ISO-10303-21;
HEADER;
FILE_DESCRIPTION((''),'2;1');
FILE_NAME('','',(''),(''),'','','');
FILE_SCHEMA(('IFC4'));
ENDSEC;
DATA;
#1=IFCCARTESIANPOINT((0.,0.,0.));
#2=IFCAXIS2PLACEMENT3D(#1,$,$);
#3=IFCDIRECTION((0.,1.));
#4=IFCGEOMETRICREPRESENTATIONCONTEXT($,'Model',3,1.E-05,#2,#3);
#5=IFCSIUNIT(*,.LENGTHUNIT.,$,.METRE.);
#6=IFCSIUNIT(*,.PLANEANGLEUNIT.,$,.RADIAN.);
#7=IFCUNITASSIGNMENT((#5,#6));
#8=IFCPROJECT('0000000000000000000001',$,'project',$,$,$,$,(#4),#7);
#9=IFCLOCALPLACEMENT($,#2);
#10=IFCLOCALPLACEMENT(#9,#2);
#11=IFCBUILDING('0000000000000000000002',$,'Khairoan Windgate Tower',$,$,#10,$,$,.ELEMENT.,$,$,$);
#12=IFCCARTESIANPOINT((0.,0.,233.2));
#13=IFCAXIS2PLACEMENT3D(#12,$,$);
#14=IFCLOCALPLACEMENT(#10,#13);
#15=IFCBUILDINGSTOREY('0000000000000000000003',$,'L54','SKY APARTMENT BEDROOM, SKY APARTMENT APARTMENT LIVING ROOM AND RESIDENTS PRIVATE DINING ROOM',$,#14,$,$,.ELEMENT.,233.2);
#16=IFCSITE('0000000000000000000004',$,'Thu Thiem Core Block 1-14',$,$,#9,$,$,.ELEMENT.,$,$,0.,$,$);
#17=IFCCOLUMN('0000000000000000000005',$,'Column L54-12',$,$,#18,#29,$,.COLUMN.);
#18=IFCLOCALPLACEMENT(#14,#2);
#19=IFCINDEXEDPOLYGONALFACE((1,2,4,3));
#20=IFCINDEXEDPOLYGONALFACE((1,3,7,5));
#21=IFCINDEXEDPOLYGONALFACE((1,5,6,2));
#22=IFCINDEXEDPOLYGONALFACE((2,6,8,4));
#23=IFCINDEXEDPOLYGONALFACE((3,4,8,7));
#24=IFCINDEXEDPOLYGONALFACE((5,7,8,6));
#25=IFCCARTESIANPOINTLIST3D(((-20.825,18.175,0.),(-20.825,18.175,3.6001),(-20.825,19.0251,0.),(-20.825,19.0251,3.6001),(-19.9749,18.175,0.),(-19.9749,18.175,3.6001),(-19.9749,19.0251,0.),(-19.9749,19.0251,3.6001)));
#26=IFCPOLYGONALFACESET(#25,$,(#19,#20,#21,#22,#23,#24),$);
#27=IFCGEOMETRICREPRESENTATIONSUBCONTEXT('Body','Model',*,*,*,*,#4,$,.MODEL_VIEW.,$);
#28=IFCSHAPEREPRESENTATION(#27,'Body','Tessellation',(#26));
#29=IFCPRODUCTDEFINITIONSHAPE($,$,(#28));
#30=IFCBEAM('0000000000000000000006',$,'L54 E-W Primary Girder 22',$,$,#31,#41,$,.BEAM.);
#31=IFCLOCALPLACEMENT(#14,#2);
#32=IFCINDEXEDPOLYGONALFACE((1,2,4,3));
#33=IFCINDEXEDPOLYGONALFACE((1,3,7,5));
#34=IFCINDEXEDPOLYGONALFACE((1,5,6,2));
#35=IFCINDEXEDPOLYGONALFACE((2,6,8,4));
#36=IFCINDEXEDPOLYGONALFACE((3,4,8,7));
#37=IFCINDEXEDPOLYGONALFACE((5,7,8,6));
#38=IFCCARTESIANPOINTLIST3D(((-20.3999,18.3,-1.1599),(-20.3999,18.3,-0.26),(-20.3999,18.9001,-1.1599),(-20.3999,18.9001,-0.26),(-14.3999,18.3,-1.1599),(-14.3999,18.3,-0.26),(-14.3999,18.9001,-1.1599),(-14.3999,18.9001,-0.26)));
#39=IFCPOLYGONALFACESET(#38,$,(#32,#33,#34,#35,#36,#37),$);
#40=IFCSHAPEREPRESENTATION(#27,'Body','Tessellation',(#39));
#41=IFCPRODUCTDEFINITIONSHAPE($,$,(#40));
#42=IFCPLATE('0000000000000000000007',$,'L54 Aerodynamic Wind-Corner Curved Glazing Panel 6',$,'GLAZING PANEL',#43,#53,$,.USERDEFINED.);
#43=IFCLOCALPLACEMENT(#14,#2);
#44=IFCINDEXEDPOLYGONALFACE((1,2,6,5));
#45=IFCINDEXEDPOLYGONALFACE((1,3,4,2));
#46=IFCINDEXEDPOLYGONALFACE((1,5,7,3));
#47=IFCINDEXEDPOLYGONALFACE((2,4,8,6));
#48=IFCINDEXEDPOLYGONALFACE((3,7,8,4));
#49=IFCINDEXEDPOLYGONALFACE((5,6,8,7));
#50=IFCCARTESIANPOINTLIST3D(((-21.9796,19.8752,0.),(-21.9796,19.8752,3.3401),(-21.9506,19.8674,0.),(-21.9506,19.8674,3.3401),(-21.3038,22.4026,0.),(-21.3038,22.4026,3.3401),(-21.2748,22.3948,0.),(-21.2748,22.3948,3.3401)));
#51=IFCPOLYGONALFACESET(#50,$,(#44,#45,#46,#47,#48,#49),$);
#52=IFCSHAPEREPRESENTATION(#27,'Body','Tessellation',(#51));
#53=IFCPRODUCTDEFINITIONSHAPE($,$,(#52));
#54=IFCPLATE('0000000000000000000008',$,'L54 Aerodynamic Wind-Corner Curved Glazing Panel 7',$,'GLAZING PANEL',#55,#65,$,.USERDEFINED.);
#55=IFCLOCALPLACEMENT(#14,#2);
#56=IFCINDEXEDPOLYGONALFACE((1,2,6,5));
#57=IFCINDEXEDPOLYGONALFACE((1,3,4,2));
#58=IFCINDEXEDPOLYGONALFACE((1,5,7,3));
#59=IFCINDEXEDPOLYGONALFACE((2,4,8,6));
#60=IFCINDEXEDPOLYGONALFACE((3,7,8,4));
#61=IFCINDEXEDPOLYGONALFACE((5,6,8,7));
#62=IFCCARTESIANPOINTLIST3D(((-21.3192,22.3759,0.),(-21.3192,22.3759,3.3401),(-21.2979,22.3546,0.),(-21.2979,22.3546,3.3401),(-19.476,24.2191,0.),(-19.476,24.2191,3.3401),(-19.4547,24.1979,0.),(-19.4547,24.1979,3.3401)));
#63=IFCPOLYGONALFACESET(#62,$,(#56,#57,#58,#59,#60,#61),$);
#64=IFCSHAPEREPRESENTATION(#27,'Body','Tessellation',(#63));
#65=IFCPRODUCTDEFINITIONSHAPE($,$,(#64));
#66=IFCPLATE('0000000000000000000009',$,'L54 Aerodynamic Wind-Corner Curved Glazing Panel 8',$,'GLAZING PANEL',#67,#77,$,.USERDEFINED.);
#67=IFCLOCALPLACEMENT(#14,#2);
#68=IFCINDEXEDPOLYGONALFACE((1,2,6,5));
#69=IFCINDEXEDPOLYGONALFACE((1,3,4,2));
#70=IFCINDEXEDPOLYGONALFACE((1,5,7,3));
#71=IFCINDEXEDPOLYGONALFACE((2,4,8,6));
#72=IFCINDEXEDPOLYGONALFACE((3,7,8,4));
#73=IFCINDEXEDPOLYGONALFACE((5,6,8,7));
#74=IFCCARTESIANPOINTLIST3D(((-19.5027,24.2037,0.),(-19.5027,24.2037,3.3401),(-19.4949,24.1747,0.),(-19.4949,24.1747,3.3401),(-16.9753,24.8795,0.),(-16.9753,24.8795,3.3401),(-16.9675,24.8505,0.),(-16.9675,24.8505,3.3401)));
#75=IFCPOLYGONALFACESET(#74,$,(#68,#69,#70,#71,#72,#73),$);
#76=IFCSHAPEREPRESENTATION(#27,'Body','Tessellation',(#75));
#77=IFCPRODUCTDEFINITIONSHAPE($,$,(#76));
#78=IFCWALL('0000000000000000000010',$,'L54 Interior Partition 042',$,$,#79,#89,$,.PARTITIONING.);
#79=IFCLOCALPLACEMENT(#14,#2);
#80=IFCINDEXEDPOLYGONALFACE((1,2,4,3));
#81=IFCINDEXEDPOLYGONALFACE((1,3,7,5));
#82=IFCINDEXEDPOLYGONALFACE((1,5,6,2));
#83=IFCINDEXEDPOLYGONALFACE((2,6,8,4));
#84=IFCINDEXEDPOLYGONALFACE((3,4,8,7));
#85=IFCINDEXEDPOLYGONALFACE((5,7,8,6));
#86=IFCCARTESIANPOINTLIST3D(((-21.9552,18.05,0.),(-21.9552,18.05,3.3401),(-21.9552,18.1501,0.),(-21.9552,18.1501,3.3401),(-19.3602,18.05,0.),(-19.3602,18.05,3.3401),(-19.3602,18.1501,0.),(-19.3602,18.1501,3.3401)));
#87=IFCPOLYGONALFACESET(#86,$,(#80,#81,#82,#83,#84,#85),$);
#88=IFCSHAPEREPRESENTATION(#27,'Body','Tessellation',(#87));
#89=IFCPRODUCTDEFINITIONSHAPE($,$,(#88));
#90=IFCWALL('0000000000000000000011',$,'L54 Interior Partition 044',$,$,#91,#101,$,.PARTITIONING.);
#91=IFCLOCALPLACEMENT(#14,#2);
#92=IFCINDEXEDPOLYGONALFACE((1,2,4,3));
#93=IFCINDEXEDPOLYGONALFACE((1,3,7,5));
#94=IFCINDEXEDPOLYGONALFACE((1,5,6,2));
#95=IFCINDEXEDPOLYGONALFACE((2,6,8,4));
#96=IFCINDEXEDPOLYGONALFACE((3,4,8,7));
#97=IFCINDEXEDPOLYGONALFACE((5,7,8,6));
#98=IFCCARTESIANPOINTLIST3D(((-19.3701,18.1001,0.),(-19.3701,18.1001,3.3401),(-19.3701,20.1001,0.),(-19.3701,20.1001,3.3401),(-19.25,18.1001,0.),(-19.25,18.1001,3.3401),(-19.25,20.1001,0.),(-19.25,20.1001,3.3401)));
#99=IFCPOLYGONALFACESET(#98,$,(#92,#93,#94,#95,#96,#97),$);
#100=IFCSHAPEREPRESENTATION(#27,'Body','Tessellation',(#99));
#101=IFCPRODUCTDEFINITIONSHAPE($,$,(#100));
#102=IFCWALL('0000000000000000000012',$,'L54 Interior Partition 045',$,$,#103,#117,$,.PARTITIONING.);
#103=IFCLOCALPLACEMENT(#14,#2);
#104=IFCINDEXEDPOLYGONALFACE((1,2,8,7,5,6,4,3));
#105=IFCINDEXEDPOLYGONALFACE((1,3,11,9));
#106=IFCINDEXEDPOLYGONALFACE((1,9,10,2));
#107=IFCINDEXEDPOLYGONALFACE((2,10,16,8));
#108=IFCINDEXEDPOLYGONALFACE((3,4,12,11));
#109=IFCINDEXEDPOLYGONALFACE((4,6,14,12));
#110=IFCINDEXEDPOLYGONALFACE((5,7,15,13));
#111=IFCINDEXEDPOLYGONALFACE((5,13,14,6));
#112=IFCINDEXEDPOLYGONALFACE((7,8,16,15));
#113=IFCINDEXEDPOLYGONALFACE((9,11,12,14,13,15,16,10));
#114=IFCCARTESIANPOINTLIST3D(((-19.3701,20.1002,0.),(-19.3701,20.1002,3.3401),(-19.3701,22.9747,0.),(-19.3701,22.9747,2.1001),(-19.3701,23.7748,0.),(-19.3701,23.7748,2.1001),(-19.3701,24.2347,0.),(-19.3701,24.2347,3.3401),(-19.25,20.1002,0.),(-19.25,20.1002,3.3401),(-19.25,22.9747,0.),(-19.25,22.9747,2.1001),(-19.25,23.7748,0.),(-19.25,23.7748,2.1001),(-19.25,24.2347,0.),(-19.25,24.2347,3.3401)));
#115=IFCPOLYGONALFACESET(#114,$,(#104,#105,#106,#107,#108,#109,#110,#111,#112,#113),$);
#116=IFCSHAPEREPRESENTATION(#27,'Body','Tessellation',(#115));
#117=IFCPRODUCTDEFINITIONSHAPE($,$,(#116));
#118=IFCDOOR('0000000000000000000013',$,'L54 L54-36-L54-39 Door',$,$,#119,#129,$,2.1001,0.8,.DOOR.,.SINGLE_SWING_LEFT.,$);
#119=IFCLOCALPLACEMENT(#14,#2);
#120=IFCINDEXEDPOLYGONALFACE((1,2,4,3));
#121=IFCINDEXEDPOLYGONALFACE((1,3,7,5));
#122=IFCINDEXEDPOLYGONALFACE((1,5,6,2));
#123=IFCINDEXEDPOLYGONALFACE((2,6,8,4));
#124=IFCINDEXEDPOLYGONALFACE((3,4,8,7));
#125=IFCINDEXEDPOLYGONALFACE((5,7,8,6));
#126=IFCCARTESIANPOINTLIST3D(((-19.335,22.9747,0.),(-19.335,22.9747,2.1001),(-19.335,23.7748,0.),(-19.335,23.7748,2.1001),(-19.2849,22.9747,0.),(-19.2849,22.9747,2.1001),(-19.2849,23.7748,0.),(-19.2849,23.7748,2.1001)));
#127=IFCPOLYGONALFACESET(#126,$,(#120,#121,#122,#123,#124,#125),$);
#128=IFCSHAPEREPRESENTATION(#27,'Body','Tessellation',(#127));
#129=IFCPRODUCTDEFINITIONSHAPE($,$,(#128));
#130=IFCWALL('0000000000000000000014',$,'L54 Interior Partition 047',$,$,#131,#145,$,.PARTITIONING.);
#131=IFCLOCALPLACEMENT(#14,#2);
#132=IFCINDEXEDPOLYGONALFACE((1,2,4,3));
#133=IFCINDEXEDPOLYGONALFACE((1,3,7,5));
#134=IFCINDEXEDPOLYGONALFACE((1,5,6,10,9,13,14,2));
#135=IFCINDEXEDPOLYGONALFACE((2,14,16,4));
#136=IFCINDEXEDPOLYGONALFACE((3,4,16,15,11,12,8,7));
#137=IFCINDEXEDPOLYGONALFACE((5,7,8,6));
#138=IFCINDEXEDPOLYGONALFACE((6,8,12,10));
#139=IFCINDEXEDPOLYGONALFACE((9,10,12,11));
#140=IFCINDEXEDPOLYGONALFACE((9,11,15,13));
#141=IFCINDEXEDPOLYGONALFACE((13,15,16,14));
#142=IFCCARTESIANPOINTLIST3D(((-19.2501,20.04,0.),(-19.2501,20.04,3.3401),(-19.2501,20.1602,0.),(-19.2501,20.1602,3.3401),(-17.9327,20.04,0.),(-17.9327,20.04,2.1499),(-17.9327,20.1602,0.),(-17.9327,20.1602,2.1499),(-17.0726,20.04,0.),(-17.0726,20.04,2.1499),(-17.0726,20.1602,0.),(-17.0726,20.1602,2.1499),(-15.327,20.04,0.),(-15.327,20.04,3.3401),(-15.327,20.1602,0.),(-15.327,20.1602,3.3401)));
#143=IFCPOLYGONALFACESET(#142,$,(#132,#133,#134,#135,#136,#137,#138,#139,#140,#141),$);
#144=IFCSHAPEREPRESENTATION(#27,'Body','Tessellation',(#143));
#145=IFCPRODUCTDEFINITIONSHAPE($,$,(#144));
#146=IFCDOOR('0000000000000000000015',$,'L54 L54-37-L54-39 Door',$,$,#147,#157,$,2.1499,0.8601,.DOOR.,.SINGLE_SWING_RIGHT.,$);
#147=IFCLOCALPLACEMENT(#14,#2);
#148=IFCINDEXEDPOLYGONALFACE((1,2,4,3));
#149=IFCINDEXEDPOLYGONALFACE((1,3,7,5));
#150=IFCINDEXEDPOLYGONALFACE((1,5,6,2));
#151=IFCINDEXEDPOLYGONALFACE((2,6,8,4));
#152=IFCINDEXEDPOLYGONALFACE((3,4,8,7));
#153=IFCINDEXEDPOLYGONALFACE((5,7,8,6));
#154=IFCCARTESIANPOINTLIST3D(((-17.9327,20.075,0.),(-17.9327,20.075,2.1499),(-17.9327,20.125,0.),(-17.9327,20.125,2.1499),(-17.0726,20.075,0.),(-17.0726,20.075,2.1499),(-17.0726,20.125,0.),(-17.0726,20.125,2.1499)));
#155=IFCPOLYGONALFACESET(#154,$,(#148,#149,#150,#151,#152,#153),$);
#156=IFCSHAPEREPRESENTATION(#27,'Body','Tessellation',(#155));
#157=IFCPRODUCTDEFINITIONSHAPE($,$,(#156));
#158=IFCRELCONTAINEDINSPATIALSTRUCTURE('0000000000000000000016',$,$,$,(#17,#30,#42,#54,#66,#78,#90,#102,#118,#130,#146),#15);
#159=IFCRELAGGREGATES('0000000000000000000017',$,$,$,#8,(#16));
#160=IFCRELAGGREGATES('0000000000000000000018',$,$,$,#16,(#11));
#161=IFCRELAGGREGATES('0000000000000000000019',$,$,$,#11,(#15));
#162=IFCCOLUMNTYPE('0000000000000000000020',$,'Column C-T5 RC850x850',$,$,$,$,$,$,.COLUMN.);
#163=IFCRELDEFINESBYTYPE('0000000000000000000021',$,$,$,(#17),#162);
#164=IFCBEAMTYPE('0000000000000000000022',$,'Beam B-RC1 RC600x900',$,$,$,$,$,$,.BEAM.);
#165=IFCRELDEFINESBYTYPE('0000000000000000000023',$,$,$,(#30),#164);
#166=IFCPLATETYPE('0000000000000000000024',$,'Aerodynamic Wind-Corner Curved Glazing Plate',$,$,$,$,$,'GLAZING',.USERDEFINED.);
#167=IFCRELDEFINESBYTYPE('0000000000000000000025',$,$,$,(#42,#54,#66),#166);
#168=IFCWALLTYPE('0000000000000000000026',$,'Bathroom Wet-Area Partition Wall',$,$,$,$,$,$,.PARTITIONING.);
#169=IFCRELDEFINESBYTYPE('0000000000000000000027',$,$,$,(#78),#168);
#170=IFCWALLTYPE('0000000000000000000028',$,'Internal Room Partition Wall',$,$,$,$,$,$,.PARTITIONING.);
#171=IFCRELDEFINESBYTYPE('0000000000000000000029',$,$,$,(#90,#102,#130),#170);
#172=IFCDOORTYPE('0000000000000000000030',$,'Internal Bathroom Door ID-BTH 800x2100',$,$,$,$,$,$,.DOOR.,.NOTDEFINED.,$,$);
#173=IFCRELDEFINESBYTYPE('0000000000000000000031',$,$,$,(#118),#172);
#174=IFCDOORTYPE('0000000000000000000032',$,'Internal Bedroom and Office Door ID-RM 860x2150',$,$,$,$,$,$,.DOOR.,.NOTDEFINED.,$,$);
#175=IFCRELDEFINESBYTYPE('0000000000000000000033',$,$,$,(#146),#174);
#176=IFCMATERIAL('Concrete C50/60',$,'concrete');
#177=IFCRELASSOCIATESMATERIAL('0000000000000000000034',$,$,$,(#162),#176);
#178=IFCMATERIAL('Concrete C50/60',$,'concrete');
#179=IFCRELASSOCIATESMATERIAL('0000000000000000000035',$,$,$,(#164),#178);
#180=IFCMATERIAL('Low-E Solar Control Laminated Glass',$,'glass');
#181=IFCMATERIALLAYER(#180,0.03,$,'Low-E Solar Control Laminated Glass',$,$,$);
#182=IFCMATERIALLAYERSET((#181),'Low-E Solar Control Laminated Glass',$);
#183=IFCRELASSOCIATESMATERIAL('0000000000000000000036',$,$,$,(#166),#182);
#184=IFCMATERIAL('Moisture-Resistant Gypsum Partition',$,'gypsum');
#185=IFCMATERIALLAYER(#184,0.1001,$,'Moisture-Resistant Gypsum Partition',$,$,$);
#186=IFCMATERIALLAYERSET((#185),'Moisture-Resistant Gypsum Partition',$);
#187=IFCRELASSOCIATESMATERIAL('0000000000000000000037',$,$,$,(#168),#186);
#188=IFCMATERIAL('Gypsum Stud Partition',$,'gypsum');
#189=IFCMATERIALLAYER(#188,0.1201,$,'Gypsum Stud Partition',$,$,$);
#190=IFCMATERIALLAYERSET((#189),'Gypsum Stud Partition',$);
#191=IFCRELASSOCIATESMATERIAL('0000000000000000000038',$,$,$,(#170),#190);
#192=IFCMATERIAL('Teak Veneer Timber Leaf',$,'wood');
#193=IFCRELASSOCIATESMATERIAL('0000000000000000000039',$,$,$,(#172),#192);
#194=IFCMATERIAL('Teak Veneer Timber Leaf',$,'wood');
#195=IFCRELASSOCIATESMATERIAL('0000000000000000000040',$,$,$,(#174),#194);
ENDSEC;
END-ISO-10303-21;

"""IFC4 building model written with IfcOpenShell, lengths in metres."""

from ifc_helpers import new_model, si_unit, direction, frame, frame_2d, origin, origin_2d, place, context, subcontext, project, spatial, rectangle, extrude, material, layer, layer_set, material_profile, profile_set, type_object, element, fill, save


model = new_model("IFC4")

# Units and contexts
model_context = context("Model", 3, precision=1e-05, world=origin(), true_north=direction((0.0, 1.0)))
body_context = subcontext(model_context, "Body", "Model", "MODEL_VIEW")
ifc_project = project(units=[si_unit("LENGTHUNIT", "METRE"), si_unit("PLANEANGLEUNIT", "RADIAN")], contexts=[model_context])

# Site, building, storey
site_placement = place(None, origin())
site = spatial("IfcSite", under=ifc_project, at=site_placement, Name="Thu Thiem Core Block 1-14", CompositionType="ELEMENT", RefElevation=0.0)
building_placement = place(site_placement, origin())
building = spatial("IfcBuilding", under=site, at=building_placement, Name="Khairoan Windgate Tower", CompositionType="ELEMENT")
storey_placement = place(building_placement, frame((0.0, 0.0, 233.2)))
storey = spatial("IfcBuildingStorey", under=building, at=storey_placement, Name="L54", Description="SKY APARTMENT BEDROOM, SKY APARTMENT APARTMENT LIVING ROOM AND RESIDENTS PRIVATE DINING ROOM", CompositionType="ELEMENT", Elevation=233.2)

# Column
ifc_material_1 = material(Name="Concrete C50/60", Category="concrete")
ifc_material_profile_1 = material_profile(ifc_material_1, rectangle(XDim=0.8501, YDim=0.8501, at=origin_2d()))
ifc_profile_set_1 = profile_set([ifc_material_profile_1], Name="Concrete C50/60")
column_type = type_object("IfcColumnType", Name="Column C-T5 RC850x850", PredefinedType="COLUMN", material=ifc_profile_set_1)
column_placement = place(storey_placement, frame((-20.3999, 18.6001, 0.0), z_axis=(0.0, 0.0, 1.0), x_axis=(1.0, 0.0, 0.0)))
element("IfcColumn", 1, at=column_placement, inside=storey, type_object=column_type, Name="Column L54-12", PredefinedType="COLUMN", context=body_context, shape_type="SweptSolid", body=[
    extrude(rectangle(XDim=0.8501, YDim=0.8501, at=origin_2d()), origin(), (0.0, 0.0, 1.0), 3.6001),
])

# Beam
ifc_material_2 = material(Name="Concrete C50/60", Category="concrete")
ifc_material_profile_2 = material_profile(ifc_material_2, rectangle(XDim=0.6001, YDim=0.8999, at=origin_2d()))
ifc_profile_set_2 = profile_set([ifc_material_profile_2], Name="Concrete C50/60")
beam_type = type_object("IfcBeamType", Name="Beam B-RC1 RC600x900", PredefinedType="BEAM", material=ifc_profile_set_2)
beam_placement = place(storey_placement, frame((-20.3999, 18.6001, -0.71), z_axis=(1.0, 0.0, 0.0), x_axis=(0.0, 1.0, 0.0)))
element("IfcBeam", 2, at=beam_placement, inside=storey, type_object=beam_type, Name="L54 E-W Primary Girder 22", PredefinedType="BEAM", context=body_context, shape_type="SweptSolid", body=[
    extrude(rectangle(XDim=0.6001, YDim=0.8999, at=origin_2d()), origin(), (0.0, 0.0, 1.0), 6.0),
])

# Plates
ifc_material_3 = material(Name="Low-E Solar Control Laminated Glass", Category="glass")
ifc_layer_1 = layer(ifc_material_3, 0.03, Name="Low-E Solar Control Laminated Glass")
ifc_layer_set_1 = layer_set([ifc_layer_1], Name="Low-E Solar Control Laminated Glass")
plate_type_1 = type_object("IfcPlateType", Name="Aerodynamic Wind-Corner Curved Glazing Plate", ElementType="GLAZING", PredefinedType="USERDEFINED", material=ifc_layer_set_1)
plate_1_placement = place(storey_placement, frame((-21.6272, 21.135, 0.0), z_axis=(0.0, 0.0, 1.0), x_axis=(0.258313, 0.966061, 0.0)))
element("IfcPlate", 3, at=plate_1_placement, inside=storey, type_object=plate_type_1, Name="L54 Aerodynamic Wind-Corner Curved Glazing Panel 6", ObjectType="GLAZING PANEL", PredefinedType="USERDEFINED", context=body_context, shape_type="SweptSolid", body=[
    extrude(rectangle(XDim=2.6162, YDim=0.03, at=origin_2d()), origin(), (0.0, 0.0, 1.0), 3.3401),
])
plate_2_placement = place(storey_placement, frame((-20.387, 23.2869, 0.0), z_axis=(0.0, 0.0, 1.0), x_axis=(0.707107, 0.707107, 0.0)))
element("IfcPlate", 4, at=plate_2_placement, inside=storey, type_object=plate_type_1, Name="L54 Aerodynamic Wind-Corner Curved Glazing Panel 7", ObjectType="GLAZING PANEL", PredefinedType="USERDEFINED", context=body_context, shape_type="SweptSolid", body=[
    extrude(rectangle(XDim=2.6067, YDim=0.03, at=origin_2d()), origin(), (0.0, 0.0, 1.0), 3.3401),
])
plate_3_placement = place(storey_placement, frame((-18.2351, 24.5271, 0.0), z_axis=(0.0, 0.0, 1.0), x_axis=(0.966061, 0.258313, 0.0)))
element("IfcPlate", 5, at=plate_3_placement, inside=storey, type_object=plate_type_1, Name="L54 Aerodynamic Wind-Corner Curved Glazing Panel 8", ObjectType="GLAZING PANEL", PredefinedType="USERDEFINED", context=body_context, shape_type="SweptSolid", body=[
    extrude(rectangle(XDim=2.6162, YDim=0.03, at=origin_2d()), origin(), (0.0, 0.0, 1.0), 3.3401),
])

# Walls
ifc_material_4 = material(Name="Moisture-Resistant Gypsum Partition", Category="gypsum")
ifc_layer_2 = layer(ifc_material_4, 0.1001, Name="Moisture-Resistant Gypsum Partition")
ifc_layer_set_2 = layer_set([ifc_layer_2], Name="Moisture-Resistant Gypsum Partition")
wall_type_1 = type_object("IfcWallType", Name="Bathroom Wet-Area Partition Wall", PredefinedType="PARTITIONING", material=ifc_layer_set_2)
wall_1_placement = place(storey_placement, frame((-21.9551, 18.1001, 0.0), z_axis=(0.0, 0.0, 1.0), x_axis=(1.0, 0.0, 0.0)))
element("IfcWall", 6, at=wall_1_placement, inside=storey, type_object=wall_type_1, Name="L54 Interior Partition 042", PredefinedType="PARTITIONING", context=body_context, shape_type="SweptSolid", body=[
    extrude(rectangle(XDim=2.595, YDim=0.1001, at=frame_2d((1.2974, 0.0))), origin(), (0.0, 0.0, 1.0), 3.3401),
])
ifc_material_5 = material(Name="Gypsum Stud Partition", Category="gypsum")
ifc_layer_3 = layer(ifc_material_5, 0.1201, Name="Gypsum Stud Partition")
ifc_layer_set_3 = layer_set([ifc_layer_3], Name="Gypsum Stud Partition")
wall_type_2 = type_object("IfcWallType", Name="Internal Room Partition Wall", PredefinedType="PARTITIONING", material=ifc_layer_set_3)
wall_2_placement = place(storey_placement, frame((-19.3101, 18.1001, 0.0), z_axis=(0.0, 0.0, 1.0), x_axis=(0.0, 1.0, 0.0)))
element("IfcWall", 7, at=wall_2_placement, inside=storey, type_object=wall_type_2, Name="L54 Interior Partition 044", PredefinedType="PARTITIONING", context=body_context, shape_type="SweptSolid", body=[
    extrude(rectangle(XDim=2.0, YDim=0.1201, at=frame_2d((1.0, 0.0))), origin(), (0.0, 0.0, 1.0), 3.3401),
])

# Walls, openings, doors
wall_3_placement = place(storey_placement, frame((-19.3101, 20.1001, 0.0), z_axis=(0.0, 0.0, 1.0), x_axis=(0.0, 1.0, 0.0)))
wall_3 = element("IfcWall", 8, at=wall_3_placement, inside=storey, type_object=wall_type_2, Name="L54 Interior Partition 045", PredefinedType="PARTITIONING", context=body_context, shape_type="SweptSolid", body=[
    extrude(rectangle(XDim=4.1345, YDim=0.1201, at=frame_2d((2.0674, 0.0))), origin(), (0.0, 0.0, 1.0), 3.3401),
])
opening_1_placement = place(wall_3_placement, frame((2.8748, 0.0, 0.0)))
opening_1 = element("IfcOpeningElement", 9, at=opening_1_placement, cuts=wall_3, PredefinedType="OPENING", context=body_context, shape_type="SweptSolid", body=[
    extrude(rectangle(XDim=0.8, YDim=2.1001, at=frame_2d((0.3999, 1.05))), frame((0.0, 0.0701, 0.0), z_axis=(0.0, -1.0, 0.0), x_axis=(1.0, 0.0, 0.0)), (0.0, 0.0, 1.0), 0.1401),
])
ifc_material_6 = material(Name="Teak Veneer Timber Leaf", Category="wood")
door_type_1 = type_object("IfcDoorType", Name="Internal Bathroom Door ID-BTH 800x2100", OperationType="NOTDEFINED", PredefinedType="DOOR", material=ifc_material_6)
door_1_placement = place(opening_1_placement, origin())
door_1 = element("IfcDoor", 10, at=door_1_placement, inside=storey, type_object=door_type_1, Name="L54 L54-36-L54-39 Door", OperationType="SINGLE_SWING_LEFT", OverallHeight=2.1001, OverallWidth=0.8, PredefinedType="DOOR", context=body_context, shape_type="SweptSolid", body=[
    extrude(rectangle(XDim=0.8, YDim=2.1001, at=frame_2d((0.3999, 1.05))), frame((0.0, 0.0249, 0.0), z_axis=(0.0, -1.0, 0.0), x_axis=(1.0, 0.0, 0.0)), (0.0, 0.0, 1.0), 0.05),
])
fill(opening_1, door_1)
wall_4_placement = place(storey_placement, frame((-19.25, 20.1001, 0.0), z_axis=(0.0, 0.0, 1.0), x_axis=(1.0, 0.0, 0.0)))
wall_4 = element("IfcWall", 11, at=wall_4_placement, inside=storey, type_object=wall_type_2, Name="L54 Interior Partition 047", PredefinedType="PARTITIONING", context=body_context, shape_type="SweptSolid", body=[
    extrude(rectangle(XDim=3.9231, YDim=0.1201, at=frame_2d((1.9614, 0.0))), origin(), (0.0, 0.0, 1.0), 3.3401),
])
opening_2_placement = place(wall_4_placement, frame((1.3171, 0.0, 0.0)))
opening_2 = element("IfcOpeningElement", 12, at=opening_2_placement, cuts=wall_4, PredefinedType="OPENING", context=body_context, shape_type="SweptSolid", body=[
    extrude(rectangle(XDim=0.8601, YDim=2.1499, at=frame_2d((0.4302, 1.075))), frame((0.0, 0.0701, 0.0), z_axis=(0.0, -1.0, 0.0), x_axis=(1.0, 0.0, 0.0)), (0.0, 0.0, 1.0), 0.1401),
])
ifc_material_7 = material(Name="Teak Veneer Timber Leaf", Category="wood")
door_type_2 = type_object("IfcDoorType", Name="Internal Bedroom and Office Door ID-RM 860x2150", OperationType="NOTDEFINED", PredefinedType="DOOR", material=ifc_material_7)
door_2_placement = place(opening_2_placement, origin())
door_2 = element("IfcDoor", 13, at=door_2_placement, inside=storey, type_object=door_type_2, Name="L54 L54-37-L54-39 Door", OperationType="SINGLE_SWING_RIGHT", OverallHeight=2.1499, OverallWidth=0.8601, PredefinedType="DOOR", context=body_context, shape_type="SweptSolid", body=[
    extrude(rectangle(XDim=0.8601, YDim=2.1499, at=frame_2d((0.4302, 1.075))), frame((0.0, 0.0249, 0.0), z_axis=(0.0, -1.0, 0.0), x_axis=(1.0, 0.0, 0.0)), (0.0, 0.0, 1.0), 0.05),
])
fill(opening_2, door_2)

save(model, "model.ifc")
